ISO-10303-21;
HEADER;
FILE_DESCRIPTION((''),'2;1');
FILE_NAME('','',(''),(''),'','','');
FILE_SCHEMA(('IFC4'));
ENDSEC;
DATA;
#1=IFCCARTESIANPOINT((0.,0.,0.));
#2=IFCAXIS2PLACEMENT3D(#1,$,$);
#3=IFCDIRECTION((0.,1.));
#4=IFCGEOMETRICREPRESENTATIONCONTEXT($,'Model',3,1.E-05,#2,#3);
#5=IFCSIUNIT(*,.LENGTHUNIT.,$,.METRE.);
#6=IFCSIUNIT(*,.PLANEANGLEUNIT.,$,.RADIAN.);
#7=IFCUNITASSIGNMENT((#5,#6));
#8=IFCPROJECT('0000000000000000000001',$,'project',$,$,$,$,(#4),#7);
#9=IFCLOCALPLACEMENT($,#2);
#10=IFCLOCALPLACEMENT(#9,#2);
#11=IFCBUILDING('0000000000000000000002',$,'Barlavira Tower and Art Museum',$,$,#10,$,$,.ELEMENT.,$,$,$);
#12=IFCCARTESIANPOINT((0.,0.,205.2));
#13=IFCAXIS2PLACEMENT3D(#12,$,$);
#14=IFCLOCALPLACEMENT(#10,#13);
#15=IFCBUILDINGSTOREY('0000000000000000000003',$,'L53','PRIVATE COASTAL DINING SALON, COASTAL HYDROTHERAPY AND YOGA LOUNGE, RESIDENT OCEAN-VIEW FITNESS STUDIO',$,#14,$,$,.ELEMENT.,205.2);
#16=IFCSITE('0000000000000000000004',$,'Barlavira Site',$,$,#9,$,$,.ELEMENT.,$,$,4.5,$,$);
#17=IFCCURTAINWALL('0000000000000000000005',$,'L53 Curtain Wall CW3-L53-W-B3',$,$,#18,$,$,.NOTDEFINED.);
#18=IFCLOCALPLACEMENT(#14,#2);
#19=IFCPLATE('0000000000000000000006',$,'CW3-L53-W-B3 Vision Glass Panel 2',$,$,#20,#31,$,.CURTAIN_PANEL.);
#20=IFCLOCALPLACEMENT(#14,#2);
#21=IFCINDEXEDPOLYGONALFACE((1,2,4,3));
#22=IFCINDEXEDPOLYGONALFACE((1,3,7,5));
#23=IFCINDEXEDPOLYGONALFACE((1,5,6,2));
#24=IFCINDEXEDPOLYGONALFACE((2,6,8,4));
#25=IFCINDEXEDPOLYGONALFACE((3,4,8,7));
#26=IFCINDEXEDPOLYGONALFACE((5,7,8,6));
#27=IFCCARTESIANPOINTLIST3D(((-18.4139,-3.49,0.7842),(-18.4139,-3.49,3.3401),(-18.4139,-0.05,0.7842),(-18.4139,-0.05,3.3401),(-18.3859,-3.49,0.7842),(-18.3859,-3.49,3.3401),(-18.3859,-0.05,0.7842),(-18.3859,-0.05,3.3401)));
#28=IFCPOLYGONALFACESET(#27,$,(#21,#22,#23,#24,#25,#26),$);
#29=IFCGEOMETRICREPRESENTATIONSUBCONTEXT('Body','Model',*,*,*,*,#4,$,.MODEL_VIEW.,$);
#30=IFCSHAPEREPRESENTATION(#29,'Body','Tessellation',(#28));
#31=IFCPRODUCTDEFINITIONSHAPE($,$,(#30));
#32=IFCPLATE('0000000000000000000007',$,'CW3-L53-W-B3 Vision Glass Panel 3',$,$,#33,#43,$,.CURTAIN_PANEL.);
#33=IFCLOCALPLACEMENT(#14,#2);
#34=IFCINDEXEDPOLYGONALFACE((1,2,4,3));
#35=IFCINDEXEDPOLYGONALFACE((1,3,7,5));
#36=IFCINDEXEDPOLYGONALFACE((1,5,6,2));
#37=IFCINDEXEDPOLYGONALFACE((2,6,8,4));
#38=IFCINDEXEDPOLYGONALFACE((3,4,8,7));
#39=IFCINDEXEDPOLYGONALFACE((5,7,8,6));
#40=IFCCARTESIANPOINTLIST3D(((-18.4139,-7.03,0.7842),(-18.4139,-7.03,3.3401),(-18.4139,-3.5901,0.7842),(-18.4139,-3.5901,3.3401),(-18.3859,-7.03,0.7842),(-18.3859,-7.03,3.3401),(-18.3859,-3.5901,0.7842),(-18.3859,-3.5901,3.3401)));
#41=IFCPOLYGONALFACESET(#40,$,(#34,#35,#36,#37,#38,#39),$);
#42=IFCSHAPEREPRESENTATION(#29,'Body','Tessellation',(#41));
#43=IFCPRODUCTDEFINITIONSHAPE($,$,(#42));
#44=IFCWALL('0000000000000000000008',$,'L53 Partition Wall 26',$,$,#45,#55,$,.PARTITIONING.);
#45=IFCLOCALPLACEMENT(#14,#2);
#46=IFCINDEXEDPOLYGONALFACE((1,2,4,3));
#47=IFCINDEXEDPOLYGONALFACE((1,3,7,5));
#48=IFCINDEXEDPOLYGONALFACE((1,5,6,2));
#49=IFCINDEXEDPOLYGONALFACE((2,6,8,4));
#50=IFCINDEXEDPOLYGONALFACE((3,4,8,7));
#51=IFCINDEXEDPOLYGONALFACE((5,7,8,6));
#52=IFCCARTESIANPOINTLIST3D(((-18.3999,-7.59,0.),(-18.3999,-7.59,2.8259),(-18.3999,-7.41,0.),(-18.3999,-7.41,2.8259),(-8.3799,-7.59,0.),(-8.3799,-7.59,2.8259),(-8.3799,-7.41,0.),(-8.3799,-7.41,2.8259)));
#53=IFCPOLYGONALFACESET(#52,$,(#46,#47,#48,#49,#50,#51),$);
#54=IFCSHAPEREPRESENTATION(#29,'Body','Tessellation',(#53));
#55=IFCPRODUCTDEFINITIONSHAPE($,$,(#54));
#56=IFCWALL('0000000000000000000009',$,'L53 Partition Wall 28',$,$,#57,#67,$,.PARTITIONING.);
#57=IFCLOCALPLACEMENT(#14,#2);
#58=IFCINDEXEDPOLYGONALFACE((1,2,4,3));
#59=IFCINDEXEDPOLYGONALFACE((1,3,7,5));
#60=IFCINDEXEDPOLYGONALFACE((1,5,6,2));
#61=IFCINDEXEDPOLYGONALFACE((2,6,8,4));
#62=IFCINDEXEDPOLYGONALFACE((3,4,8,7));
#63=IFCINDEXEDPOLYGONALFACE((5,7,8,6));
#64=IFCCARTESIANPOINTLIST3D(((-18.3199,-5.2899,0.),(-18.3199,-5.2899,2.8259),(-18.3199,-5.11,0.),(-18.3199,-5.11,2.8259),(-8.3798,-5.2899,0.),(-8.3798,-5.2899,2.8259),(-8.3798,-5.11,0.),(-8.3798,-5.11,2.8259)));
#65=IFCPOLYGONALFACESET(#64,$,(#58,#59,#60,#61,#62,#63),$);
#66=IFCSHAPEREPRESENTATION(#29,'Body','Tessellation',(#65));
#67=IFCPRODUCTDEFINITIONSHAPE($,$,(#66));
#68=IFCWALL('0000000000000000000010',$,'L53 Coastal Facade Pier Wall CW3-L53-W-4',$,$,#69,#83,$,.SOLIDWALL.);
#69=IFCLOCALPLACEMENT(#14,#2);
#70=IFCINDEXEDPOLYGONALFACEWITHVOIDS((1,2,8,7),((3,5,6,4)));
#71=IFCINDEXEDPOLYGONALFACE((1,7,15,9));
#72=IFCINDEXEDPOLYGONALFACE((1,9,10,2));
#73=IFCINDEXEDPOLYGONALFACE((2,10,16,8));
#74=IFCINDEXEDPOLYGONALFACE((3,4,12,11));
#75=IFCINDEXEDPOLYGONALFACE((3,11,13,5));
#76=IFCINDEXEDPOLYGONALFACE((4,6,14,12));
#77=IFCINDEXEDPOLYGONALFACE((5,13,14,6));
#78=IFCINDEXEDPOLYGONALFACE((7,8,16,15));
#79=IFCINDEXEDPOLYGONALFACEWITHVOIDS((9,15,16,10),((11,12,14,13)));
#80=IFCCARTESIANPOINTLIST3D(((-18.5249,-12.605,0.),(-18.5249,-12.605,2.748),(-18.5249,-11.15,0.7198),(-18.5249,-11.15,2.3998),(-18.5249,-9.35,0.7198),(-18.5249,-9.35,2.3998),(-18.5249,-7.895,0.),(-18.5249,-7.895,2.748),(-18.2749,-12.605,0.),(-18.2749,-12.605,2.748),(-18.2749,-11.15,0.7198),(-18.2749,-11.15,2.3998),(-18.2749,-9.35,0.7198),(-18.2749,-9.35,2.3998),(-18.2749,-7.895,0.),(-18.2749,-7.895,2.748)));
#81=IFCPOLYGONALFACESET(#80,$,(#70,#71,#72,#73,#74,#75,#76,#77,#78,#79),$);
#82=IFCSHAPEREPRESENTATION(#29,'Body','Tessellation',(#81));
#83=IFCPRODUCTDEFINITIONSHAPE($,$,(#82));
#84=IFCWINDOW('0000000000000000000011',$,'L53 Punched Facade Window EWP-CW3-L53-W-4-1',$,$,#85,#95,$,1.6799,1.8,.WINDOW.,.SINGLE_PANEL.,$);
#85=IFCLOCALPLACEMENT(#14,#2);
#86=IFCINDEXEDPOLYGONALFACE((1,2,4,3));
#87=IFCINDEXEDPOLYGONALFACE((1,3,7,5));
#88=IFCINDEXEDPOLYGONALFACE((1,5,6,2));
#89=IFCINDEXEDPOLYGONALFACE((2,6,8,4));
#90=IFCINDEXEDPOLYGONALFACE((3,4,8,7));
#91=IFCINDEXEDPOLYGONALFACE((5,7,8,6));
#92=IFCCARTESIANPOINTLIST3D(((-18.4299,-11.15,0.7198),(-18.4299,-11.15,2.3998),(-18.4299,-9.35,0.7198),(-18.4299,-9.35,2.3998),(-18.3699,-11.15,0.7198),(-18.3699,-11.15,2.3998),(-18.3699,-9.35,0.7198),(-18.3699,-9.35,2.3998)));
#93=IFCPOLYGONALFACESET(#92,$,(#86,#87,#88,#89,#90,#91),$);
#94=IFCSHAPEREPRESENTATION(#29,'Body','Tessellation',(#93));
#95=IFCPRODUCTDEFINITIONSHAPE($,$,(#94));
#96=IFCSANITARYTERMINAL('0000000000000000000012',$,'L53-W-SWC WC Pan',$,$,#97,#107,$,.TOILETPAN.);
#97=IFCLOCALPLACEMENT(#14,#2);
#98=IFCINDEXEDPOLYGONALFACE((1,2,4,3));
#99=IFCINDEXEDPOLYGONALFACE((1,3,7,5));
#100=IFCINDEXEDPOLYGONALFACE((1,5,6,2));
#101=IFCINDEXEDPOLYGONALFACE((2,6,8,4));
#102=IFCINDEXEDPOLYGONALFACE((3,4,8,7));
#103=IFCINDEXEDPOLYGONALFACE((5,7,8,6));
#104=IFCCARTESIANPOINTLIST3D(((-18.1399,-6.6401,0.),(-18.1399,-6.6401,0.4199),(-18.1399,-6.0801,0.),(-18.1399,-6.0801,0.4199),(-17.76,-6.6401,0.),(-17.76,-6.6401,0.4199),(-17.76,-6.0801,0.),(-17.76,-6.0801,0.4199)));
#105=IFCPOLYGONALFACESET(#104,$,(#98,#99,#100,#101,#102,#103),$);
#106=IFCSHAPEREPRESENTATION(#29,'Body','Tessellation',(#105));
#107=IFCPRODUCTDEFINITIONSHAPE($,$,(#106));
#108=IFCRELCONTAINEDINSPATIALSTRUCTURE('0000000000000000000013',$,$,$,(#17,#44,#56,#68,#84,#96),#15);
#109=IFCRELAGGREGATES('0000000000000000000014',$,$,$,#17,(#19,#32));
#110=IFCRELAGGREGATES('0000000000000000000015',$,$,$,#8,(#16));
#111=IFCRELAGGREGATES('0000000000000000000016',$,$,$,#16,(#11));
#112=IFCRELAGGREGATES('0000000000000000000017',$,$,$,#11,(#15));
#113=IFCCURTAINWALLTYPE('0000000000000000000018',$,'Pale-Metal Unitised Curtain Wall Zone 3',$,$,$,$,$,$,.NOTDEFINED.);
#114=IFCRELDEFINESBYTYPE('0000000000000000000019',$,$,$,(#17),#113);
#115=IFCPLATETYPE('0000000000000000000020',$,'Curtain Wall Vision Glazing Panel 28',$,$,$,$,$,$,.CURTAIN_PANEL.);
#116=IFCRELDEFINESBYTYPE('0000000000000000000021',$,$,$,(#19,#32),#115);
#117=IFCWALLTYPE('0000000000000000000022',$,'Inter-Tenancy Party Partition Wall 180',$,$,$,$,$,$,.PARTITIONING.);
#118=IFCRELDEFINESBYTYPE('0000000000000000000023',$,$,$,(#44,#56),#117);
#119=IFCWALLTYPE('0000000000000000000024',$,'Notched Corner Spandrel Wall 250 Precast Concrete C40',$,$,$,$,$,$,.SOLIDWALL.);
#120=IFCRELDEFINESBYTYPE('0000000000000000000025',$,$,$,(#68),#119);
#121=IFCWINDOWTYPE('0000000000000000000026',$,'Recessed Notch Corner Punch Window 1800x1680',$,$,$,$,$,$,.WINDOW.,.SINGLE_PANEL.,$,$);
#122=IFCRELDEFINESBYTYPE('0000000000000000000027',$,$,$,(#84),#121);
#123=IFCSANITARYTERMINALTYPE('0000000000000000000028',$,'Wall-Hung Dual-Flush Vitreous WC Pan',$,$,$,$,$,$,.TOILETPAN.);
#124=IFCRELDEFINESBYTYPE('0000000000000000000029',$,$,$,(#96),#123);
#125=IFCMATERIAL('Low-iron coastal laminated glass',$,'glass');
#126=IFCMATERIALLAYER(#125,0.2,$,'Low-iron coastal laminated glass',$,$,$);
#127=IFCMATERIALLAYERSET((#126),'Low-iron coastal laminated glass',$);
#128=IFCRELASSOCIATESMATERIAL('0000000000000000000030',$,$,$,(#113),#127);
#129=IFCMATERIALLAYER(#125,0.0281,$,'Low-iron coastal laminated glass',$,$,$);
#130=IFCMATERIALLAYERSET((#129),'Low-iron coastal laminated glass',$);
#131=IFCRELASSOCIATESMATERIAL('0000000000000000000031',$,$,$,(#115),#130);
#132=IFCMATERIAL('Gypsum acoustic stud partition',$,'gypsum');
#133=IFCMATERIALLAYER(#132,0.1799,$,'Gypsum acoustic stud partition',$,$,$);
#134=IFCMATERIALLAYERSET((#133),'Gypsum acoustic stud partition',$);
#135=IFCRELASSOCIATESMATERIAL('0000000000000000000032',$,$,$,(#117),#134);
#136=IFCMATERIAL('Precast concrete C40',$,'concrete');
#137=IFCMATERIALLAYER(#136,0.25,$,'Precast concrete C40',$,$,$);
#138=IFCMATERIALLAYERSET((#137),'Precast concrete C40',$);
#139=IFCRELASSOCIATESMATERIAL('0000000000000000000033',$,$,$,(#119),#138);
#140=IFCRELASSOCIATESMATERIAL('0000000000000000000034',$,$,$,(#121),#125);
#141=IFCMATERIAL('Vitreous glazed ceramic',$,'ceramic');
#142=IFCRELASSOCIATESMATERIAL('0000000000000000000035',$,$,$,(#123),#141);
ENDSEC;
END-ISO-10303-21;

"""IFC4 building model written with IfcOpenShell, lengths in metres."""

from ifc_helpers import new_model, si_unit, direction, frame, frame_2d, origin, origin_2d, place, context, subcontext, project, spatial, rectangle, extrude, material, layer, layer_set, type_object, element, fill, aggregate, save


model = new_model("IFC4")

# Units and contexts
model_context = context("Model", 3, precision=1e-05, world=origin(), true_north=direction((0.0, 1.0)))
body_context = subcontext(model_context, "Body", "Model", "MODEL_VIEW")
ifc_project = project(units=[si_unit("LENGTHUNIT", "METRE"), si_unit("PLANEANGLEUNIT", "RADIAN")], contexts=[model_context])

# Site, building, storey
site_placement = place(None, origin())
site = spatial("IfcSite", under=ifc_project, at=site_placement, Name="Barlavira Site", CompositionType="ELEMENT", RefElevation=4.5)
building_placement = place(site_placement, origin())
building = spatial("IfcBuilding", under=site, at=building_placement, Name="Barlavira Tower and Art Museum", CompositionType="ELEMENT")
storey_placement = place(building_placement, frame((0.0, 0.0, 205.2)))
storey = spatial("IfcBuildingStorey", under=building, at=storey_placement, Name="L53", Description="PRIVATE COASTAL DINING SALON, COASTAL HYDROTHERAPY AND YOGA LOUNGE, RESIDENT OCEAN-VIEW FITNESS STUDIO", CompositionType="ELEMENT", Elevation=205.2)

# Curtain wall
ifc_material_1 = material(Name="Low-iron coastal laminated glass", Category="glass")
ifc_layer_1 = layer(ifc_material_1, 0.2, Name="Low-iron coastal laminated glass")
ifc_layer_set_1 = layer_set([ifc_layer_1], Name="Low-iron coastal laminated glass")
curtain_wall_type = type_object("IfcCurtainWallType", Name="Pale-Metal Unitised Curtain Wall Zone 3", PredefinedType="NOTDEFINED", material=ifc_layer_set_1)
curtain_wall_placement = place(storey_placement, origin())
curtain_wall = element("IfcCurtainWall", 1, at=curtain_wall_placement, inside=storey, type_object=curtain_wall_type, Name="L53 Curtain Wall CW3-L53-W-B3", PredefinedType="NOTDEFINED")

# Plates
ifc_layer_2 = layer(ifc_material_1, 0.0281, Name="Low-iron coastal laminated glass")
ifc_layer_set_2 = layer_set([ifc_layer_2], Name="Low-iron coastal laminated glass")
plate_type_1 = type_object("IfcPlateType", Name="Curtain Wall Vision Glazing Panel 28", PredefinedType="CURTAIN_PANEL", material=ifc_layer_set_2)
plate_1_placement = place(storey_placement, frame((-18.3999, -1.77, 0.7842), z_axis=(0.0, 0.0, 1.0), x_axis=(0.0, -1.0, 0.0)))
plate_1 = element("IfcPlate", 2, at=plate_1_placement, type_object=plate_type_1, Name="CW3-L53-W-B3 Vision Glass Panel 2", PredefinedType="CURTAIN_PANEL", context=body_context, shape_type="SweptSolid", body=[
    extrude(rectangle(XDim=3.4399, YDim=0.0281, at=origin_2d()), origin(), (0.0, 0.0, 1.0), 2.5559),
])
plate_2_placement = place(storey_placement, frame((-18.3999, -5.3101, 0.7842), z_axis=(0.0, 0.0, 1.0), x_axis=(0.0, -1.0, 0.0)))
plate_2 = element("IfcPlate", 3, at=plate_2_placement, type_object=plate_type_1, Name="CW3-L53-W-B3 Vision Glass Panel 3", PredefinedType="CURTAIN_PANEL", context=body_context, shape_type="SweptSolid", body=[
    extrude(rectangle(XDim=3.4399, YDim=0.0281, at=origin_2d()), origin(), (0.0, 0.0, 1.0), 2.5559),
])
aggregate(curtain_wall, [plate_1, plate_2])

# Walls
ifc_material_2 = material(Name="Gypsum acoustic stud partition", Category="gypsum")
ifc_layer_3 = layer(ifc_material_2, 0.1799, Name="Gypsum acoustic stud partition")
ifc_layer_set_3 = layer_set([ifc_layer_3], Name="Gypsum acoustic stud partition")
wall_type_1 = type_object("IfcWallType", Name="Inter-Tenancy Party Partition Wall 180", PredefinedType="PARTITIONING", material=ifc_layer_set_3)
wall_1_placement = place(storey_placement, frame((-18.3999, -7.5, 0.0), z_axis=(0.0, 0.0, 1.0), x_axis=(1.0, 0.0, 0.0)))
element("IfcWall", 4, at=wall_1_placement, inside=storey, type_object=wall_type_1, Name="L53 Partition Wall 26", PredefinedType="PARTITIONING", context=body_context, shape_type="SweptSolid", body=[
    extrude(rectangle(XDim=10.02, YDim=0.1799, at=frame_2d((5.01, 0.0))), origin(), (0.0, 0.0, 1.0), 2.8259),
])
wall_2_placement = place(storey_placement, frame((-18.3201, -5.2, 0.0), z_axis=(0.0, 0.0, 1.0), x_axis=(1.0, 0.0, 0.0)))
element("IfcWall", 5, at=wall_2_placement, inside=storey, type_object=wall_type_1, Name="L53 Partition Wall 28", PredefinedType="PARTITIONING", context=body_context, shape_type="SweptSolid", body=[
    extrude(rectangle(XDim=9.9402, YDim=0.1799, at=frame_2d((4.9702, 0.0))), origin(), (0.0, 0.0, 1.0), 2.8259),
])

# Wall, opening, window
ifc_material_3 = material(Name="Precast concrete C40", Category="concrete")
ifc_layer_4 = layer(ifc_material_3, 0.25, Name="Precast concrete C40")
ifc_layer_set_4 = layer_set([ifc_layer_4], Name="Precast concrete C40")
wall_type_2 = type_object("IfcWallType", Name="Notched Corner Spandrel Wall 250 Precast Concrete C40", PredefinedType="SOLIDWALL", material=ifc_layer_set_4)
wall_3_placement = place(storey_placement, frame((-18.3999, -7.895, 0.0), z_axis=(0.0, 0.0, 1.0), x_axis=(0.0, -1.0, 0.0)))
wall_3 = element("IfcWall", 6, at=wall_3_placement, inside=storey, type_object=wall_type_2, Name="L53 Coastal Facade Pier Wall CW3-L53-W-4", PredefinedType="SOLIDWALL", context=body_context, shape_type="SweptSolid", body=[
    extrude(rectangle(XDim=4.71, YDim=0.25, at=frame_2d((2.355, 0.0))), origin(), (0.0, 0.0, 1.0), 2.748),
])
opening_placement = place(wall_3_placement, frame((1.4551, 0.0, 0.72)))
opening = element("IfcOpeningElement", 7, at=opening_placement, cuts=wall_3, PredefinedType="OPENING", context=body_context, shape_type="SweptSolid", body=[
    extrude(rectangle(XDim=1.8, YDim=1.6799, at=frame_2d((0.8999, 0.8398))), frame((0.0, 0.135, 0.0), z_axis=(0.0, -1.0, 0.0), x_axis=(1.0, 0.0, 0.0)), (0.0, 0.0, 1.0), 0.27),
])
window_type = type_object("IfcWindowType", Name="Recessed Notch Corner Punch Window 1800x1680", PartitioningType="SINGLE_PANEL", PredefinedType="WINDOW", material=ifc_material_1)
window_placement = place(opening_placement, origin())
window = element("IfcWindow", 8, at=window_placement, inside=storey, type_object=window_type, Name="L53 Punched Facade Window EWP-CW3-L53-W-4-1", OverallHeight=1.6799, OverallWidth=1.8, PartitioningType="SINGLE_PANEL", PredefinedType="WINDOW", context=body_context, shape_type="SweptSolid", body=[
    extrude(rectangle(XDim=1.8, YDim=1.6799, at=frame_2d((0.8999, 0.8398))), frame((0.0, 0.03, 0.0), z_axis=(0.0, -1.0, 0.0), x_axis=(1.0, 0.0, 0.0)), (0.0, 0.0, 1.0), 0.0601),
])
fill(opening, window)

# Sanitary terminal
ifc_material_4 = material(Name="Vitreous glazed ceramic", Category="ceramic")
sanitary_terminal_type = type_object("IfcSanitaryTerminalType", Name="Wall-Hung Dual-Flush Vitreous WC Pan", PredefinedType="TOILETPAN", material=ifc_material_4)
sanitary_terminal_placement = place(storey_placement, frame((-17.95, -6.3601, 0.0), z_axis=(0.0, 0.0, 1.0), x_axis=(1.0, 0.0, 0.0)))
element("IfcSanitaryTerminal", 9, at=sanitary_terminal_placement, inside=storey, type_object=sanitary_terminal_type, Name="L53-W-SWC WC Pan", PredefinedType="TOILETPAN", context=body_context, shape_type="SweptSolid", body=[
    extrude(rectangle(XDim=0.3799, YDim=0.5601, at=origin_2d()), origin(), (0.0, 0.0, 1.0), 0.4199),
])

save(model, "model.ifc")
